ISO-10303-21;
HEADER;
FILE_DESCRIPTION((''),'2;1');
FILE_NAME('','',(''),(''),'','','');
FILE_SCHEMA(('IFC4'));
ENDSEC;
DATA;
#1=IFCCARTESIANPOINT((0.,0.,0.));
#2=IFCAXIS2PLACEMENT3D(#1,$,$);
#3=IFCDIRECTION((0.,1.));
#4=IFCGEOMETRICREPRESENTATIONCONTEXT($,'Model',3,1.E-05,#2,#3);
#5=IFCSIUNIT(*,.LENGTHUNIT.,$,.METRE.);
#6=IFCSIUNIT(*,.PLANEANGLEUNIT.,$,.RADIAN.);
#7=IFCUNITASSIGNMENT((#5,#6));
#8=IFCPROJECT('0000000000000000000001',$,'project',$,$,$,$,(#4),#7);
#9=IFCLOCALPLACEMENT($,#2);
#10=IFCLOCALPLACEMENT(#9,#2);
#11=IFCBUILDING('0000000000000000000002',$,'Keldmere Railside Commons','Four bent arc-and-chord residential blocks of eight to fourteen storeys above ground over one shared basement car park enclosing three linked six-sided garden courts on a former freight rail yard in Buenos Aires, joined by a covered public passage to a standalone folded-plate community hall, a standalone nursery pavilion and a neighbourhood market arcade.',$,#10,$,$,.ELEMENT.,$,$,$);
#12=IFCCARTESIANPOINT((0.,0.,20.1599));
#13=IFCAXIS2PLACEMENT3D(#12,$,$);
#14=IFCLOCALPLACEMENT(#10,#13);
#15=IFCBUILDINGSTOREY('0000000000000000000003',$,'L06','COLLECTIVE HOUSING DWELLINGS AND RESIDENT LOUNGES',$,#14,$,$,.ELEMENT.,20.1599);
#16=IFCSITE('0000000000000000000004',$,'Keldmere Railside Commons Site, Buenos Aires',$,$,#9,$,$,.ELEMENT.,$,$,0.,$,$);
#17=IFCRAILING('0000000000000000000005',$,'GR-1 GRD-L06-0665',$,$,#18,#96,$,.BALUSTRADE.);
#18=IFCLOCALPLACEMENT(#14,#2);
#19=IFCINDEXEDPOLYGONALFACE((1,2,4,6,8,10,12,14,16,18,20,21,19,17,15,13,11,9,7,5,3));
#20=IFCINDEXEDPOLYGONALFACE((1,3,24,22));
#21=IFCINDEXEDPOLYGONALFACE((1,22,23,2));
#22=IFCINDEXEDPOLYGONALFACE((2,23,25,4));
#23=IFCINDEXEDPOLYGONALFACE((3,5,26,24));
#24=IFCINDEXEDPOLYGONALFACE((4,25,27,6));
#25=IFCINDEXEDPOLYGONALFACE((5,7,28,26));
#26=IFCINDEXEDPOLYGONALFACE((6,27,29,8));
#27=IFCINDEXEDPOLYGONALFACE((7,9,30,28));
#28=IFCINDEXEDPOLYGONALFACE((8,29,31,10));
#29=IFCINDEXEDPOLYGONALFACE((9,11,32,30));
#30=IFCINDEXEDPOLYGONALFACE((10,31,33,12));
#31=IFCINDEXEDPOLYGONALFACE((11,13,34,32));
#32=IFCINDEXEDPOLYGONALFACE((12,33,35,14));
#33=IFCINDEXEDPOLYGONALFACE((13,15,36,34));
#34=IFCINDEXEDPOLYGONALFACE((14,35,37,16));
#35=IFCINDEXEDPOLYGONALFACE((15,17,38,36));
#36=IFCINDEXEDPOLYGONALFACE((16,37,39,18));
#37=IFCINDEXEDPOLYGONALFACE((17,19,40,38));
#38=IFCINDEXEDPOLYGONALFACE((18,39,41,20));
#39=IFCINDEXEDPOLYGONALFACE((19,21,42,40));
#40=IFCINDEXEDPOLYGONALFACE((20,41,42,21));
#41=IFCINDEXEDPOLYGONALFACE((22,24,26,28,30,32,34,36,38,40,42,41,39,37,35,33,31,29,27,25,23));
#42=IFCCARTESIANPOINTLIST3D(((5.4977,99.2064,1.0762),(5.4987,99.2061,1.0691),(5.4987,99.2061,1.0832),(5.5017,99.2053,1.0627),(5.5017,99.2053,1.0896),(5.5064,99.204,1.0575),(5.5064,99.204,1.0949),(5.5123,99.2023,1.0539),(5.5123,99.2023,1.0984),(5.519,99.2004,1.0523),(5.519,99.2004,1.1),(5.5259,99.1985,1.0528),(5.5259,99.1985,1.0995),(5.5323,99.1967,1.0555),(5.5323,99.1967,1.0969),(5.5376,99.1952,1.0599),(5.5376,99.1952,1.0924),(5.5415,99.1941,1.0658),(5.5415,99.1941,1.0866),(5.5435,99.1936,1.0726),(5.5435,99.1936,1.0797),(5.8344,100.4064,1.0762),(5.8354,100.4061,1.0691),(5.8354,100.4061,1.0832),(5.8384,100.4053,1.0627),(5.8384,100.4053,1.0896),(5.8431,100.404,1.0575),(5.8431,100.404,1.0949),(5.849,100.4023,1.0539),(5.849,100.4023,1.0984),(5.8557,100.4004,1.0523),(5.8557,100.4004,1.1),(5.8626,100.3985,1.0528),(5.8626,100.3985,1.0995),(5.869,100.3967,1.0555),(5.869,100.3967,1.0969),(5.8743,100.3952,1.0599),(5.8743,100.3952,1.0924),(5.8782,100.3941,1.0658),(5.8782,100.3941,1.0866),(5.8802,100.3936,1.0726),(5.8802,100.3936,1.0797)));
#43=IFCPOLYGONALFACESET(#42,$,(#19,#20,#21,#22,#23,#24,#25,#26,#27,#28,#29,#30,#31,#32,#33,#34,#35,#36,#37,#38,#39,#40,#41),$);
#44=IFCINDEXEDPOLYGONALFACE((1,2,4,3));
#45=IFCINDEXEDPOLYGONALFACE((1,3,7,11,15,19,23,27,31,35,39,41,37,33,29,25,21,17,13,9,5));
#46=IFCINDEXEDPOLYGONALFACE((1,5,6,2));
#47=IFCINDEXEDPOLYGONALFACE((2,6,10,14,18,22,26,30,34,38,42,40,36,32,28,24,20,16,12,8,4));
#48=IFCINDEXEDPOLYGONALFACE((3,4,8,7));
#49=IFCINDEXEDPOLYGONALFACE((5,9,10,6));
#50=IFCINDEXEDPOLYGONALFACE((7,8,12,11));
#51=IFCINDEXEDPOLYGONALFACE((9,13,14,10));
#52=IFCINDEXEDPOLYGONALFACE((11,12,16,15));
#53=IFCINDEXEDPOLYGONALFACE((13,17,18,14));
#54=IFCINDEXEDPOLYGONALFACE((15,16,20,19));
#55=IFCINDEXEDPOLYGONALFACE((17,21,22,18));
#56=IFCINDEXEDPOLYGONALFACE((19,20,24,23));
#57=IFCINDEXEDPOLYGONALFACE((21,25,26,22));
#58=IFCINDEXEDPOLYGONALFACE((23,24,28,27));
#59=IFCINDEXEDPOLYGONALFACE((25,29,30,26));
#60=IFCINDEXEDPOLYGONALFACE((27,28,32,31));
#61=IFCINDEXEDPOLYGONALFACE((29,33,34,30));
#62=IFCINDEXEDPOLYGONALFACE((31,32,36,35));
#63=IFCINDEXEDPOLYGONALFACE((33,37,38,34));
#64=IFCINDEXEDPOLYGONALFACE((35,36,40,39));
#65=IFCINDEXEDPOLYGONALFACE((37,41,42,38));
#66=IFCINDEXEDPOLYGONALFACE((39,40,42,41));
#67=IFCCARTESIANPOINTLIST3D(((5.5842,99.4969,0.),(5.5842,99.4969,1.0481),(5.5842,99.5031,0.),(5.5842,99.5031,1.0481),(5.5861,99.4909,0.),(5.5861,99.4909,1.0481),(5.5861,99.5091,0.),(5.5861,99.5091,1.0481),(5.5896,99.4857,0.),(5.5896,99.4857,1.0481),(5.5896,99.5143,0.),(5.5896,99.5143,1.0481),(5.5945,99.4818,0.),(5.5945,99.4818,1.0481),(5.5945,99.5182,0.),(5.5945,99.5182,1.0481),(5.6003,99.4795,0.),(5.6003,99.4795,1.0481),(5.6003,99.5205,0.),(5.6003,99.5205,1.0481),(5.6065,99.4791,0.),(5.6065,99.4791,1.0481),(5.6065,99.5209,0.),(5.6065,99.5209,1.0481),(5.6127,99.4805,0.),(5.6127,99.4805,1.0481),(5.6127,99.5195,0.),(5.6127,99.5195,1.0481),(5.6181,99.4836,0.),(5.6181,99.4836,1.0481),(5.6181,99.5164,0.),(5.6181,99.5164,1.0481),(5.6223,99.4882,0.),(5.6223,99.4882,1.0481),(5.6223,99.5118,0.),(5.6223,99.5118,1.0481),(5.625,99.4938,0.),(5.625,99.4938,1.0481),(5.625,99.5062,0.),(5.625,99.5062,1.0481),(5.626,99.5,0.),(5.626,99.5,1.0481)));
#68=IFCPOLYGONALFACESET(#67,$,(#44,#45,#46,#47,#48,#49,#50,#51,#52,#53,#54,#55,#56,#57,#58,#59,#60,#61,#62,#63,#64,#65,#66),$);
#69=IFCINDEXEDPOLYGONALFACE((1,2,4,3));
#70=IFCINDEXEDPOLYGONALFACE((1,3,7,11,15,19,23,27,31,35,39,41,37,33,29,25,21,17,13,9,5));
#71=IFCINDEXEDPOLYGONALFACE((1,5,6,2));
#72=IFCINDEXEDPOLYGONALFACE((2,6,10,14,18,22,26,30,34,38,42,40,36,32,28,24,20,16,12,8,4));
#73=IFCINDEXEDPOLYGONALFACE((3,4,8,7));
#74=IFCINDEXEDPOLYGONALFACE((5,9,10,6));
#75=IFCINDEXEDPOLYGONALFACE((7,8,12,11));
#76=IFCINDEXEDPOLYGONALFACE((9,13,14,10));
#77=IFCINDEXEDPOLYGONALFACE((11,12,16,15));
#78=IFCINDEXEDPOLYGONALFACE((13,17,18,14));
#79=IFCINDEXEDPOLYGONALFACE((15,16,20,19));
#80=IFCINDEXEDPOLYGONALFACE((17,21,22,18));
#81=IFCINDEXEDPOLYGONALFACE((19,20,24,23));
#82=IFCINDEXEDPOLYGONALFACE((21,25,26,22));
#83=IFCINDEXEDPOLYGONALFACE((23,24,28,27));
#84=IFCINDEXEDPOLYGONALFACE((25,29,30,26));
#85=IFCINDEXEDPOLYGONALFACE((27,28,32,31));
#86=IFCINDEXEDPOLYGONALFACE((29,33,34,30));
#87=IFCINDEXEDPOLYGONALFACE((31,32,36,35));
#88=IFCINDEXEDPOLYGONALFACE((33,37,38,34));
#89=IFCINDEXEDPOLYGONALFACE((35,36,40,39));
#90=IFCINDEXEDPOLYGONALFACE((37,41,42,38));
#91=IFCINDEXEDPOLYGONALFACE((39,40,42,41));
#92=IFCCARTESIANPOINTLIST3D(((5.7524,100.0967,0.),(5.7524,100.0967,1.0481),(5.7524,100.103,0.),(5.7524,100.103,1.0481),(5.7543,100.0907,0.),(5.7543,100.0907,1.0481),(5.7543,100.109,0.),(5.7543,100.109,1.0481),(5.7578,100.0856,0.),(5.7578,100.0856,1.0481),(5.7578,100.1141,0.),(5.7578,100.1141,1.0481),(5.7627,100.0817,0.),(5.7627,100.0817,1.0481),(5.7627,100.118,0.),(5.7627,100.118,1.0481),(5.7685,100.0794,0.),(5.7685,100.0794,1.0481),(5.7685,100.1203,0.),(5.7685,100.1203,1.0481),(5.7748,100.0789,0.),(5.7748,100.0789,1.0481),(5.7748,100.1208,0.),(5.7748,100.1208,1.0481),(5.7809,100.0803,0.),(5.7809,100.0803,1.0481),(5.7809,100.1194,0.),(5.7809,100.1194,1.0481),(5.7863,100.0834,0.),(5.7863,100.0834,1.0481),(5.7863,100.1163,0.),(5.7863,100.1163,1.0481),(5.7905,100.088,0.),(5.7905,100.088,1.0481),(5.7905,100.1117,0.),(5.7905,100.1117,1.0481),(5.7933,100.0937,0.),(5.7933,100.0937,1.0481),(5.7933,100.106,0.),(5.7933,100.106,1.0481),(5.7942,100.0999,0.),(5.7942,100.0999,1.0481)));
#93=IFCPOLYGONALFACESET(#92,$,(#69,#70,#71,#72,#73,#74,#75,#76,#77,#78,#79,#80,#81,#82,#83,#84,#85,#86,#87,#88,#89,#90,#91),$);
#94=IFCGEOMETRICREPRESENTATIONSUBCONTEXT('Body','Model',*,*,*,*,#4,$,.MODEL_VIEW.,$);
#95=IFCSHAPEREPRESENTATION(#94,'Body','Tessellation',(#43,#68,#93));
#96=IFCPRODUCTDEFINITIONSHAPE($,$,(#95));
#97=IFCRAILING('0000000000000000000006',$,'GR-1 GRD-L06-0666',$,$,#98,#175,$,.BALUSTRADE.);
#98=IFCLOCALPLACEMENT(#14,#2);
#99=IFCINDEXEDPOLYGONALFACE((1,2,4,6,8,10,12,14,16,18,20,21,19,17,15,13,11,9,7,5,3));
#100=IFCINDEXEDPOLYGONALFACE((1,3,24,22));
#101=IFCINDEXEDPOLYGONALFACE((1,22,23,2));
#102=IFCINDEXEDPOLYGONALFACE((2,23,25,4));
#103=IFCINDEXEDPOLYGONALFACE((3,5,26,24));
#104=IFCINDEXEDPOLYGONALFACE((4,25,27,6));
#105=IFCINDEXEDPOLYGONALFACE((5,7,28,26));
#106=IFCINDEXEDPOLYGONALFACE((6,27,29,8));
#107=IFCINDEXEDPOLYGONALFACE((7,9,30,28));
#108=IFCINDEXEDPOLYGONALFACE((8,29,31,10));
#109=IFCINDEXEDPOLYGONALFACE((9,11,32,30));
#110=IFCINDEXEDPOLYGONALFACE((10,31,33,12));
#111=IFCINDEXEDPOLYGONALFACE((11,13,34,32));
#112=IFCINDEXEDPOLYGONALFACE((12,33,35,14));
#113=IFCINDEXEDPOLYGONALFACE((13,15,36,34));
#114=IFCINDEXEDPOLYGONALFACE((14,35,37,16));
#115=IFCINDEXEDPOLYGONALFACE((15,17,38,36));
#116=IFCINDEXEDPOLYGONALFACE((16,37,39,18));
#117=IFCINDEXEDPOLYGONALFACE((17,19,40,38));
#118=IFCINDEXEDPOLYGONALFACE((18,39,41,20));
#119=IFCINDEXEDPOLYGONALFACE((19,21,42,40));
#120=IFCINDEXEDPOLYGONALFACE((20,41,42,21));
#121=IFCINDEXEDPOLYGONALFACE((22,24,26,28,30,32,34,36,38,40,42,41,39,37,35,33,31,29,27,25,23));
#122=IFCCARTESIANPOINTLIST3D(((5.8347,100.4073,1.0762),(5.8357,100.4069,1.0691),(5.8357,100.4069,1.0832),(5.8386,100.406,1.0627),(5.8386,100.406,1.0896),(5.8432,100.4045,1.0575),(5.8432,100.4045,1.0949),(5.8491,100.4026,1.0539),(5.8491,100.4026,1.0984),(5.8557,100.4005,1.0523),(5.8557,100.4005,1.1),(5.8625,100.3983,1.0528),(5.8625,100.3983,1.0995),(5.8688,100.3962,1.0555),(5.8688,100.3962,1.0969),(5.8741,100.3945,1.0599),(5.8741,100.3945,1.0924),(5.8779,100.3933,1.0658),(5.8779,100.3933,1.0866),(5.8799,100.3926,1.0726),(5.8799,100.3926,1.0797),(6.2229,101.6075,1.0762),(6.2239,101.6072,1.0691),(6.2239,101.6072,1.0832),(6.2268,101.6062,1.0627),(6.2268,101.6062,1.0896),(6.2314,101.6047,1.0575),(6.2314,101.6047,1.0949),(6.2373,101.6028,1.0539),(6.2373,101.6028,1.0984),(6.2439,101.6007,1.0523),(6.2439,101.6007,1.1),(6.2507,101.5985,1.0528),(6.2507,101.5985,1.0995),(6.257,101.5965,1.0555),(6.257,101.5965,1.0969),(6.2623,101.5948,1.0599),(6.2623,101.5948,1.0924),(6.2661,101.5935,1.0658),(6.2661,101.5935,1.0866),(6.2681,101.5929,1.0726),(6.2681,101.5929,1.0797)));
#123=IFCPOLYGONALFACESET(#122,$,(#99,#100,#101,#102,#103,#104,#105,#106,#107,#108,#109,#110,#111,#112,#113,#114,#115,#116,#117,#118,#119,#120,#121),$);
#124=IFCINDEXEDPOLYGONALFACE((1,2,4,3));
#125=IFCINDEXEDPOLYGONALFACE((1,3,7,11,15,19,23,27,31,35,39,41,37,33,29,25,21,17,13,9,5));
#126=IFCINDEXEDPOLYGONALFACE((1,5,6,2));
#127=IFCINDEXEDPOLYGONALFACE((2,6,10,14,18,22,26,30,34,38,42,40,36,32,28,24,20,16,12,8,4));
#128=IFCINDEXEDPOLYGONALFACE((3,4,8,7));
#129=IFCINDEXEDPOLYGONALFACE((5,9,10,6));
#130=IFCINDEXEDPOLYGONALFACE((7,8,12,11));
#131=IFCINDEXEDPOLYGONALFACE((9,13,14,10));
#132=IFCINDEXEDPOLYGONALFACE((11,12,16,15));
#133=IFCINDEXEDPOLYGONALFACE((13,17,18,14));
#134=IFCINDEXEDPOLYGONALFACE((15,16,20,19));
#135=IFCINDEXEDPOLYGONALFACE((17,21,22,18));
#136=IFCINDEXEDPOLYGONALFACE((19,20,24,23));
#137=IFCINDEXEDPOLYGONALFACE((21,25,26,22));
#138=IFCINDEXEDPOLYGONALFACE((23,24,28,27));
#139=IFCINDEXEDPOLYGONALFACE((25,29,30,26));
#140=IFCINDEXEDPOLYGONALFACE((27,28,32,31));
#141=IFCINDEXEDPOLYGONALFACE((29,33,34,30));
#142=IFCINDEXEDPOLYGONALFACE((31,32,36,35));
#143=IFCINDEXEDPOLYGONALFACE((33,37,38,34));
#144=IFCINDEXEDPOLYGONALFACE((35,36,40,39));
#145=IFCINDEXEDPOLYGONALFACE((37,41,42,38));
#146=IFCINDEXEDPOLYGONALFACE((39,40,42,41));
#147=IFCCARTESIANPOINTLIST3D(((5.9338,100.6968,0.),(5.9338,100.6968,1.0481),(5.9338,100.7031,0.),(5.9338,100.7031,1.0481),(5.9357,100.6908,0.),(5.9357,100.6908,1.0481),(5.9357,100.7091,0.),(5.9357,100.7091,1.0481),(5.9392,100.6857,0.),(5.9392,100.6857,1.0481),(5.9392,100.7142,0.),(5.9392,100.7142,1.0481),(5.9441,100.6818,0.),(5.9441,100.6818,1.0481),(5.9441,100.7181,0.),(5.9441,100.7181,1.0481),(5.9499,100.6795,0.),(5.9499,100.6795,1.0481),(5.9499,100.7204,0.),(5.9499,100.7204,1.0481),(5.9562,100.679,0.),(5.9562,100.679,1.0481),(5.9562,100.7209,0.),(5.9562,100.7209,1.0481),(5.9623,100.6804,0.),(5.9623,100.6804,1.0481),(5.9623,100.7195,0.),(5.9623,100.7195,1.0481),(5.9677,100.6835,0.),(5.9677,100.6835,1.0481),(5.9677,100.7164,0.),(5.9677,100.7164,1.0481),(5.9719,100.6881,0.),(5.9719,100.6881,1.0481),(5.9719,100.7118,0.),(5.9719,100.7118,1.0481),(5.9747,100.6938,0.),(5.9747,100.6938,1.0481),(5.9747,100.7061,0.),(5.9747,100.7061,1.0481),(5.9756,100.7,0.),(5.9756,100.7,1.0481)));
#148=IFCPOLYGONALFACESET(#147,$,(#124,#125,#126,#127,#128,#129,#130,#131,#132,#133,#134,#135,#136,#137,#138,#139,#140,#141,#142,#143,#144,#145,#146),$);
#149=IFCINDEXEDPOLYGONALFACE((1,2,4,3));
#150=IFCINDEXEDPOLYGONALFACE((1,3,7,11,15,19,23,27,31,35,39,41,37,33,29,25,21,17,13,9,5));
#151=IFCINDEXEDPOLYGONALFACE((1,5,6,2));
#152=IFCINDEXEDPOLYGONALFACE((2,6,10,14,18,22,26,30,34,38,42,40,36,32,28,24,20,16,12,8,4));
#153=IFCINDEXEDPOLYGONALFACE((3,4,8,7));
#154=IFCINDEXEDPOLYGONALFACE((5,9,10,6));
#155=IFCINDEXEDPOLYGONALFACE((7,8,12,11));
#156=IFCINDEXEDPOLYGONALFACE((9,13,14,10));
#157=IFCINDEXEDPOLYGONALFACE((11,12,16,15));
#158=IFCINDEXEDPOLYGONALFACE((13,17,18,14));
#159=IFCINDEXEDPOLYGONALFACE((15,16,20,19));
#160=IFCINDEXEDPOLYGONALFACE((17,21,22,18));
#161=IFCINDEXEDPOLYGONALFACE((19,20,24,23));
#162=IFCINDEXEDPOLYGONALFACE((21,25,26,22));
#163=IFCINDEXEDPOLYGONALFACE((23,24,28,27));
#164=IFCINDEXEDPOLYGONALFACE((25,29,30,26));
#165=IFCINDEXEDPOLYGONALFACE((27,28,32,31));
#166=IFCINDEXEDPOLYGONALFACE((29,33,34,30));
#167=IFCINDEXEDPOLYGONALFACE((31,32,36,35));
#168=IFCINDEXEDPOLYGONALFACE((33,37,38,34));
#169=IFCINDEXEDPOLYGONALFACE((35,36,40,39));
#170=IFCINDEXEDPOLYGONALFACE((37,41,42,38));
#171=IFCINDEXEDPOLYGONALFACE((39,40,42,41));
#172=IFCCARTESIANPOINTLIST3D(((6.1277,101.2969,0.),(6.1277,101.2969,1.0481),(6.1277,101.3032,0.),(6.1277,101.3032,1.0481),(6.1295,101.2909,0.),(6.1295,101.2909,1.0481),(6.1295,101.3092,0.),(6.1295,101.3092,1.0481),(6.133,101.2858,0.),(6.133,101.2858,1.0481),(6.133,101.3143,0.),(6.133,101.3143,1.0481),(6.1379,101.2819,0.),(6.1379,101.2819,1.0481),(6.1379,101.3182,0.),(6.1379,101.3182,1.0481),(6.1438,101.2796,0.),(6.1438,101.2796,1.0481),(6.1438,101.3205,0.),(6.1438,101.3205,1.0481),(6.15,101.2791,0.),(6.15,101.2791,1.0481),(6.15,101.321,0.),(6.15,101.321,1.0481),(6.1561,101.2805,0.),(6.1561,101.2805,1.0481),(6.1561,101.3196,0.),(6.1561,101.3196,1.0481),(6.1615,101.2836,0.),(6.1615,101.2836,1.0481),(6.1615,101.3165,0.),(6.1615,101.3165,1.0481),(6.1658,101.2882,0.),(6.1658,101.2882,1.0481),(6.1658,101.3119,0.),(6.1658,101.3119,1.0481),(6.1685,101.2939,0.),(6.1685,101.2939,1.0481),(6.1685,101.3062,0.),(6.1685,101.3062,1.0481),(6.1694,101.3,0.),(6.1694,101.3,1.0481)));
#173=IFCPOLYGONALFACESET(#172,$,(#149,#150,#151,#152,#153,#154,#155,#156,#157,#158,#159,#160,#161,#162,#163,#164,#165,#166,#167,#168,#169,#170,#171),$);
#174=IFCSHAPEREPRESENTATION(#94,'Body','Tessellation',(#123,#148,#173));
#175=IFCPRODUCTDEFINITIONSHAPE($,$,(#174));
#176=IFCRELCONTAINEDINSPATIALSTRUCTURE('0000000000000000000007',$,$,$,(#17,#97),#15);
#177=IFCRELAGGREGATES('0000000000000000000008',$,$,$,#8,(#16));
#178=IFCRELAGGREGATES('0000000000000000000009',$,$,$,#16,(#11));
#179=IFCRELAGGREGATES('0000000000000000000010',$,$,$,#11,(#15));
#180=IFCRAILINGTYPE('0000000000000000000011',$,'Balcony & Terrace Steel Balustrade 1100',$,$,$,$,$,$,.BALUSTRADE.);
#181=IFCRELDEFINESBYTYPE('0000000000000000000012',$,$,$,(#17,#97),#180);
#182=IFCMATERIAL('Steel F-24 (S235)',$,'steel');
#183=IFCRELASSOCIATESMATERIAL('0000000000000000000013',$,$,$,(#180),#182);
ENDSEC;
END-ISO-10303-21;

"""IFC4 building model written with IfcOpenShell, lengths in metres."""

from ifc_helpers import new_model, si_unit, direction, frame, origin, origin_2d, place, context, subcontext, project, spatial, circle, extrude, material, type_object, element, save


model = new_model("IFC4")

# Units and contexts
model_context = context("Model", 3, precision=1e-05, world=origin(), true_north=direction((0.0, 1.0)))
body_context = subcontext(model_context, "Body", "Model", "MODEL_VIEW")
ifc_project = project(units=[si_unit("LENGTHUNIT", "METRE"), si_unit("PLANEANGLEUNIT", "RADIAN")], contexts=[model_context])

# Site, building, storey
site_placement = place(None, origin())
site = spatial("IfcSite", under=ifc_project, at=site_placement, Name="Keldmere Railside Commons Site, Buenos Aires", CompositionType="ELEMENT", RefElevation=0.0)
building_placement = place(site_placement, origin())
building = spatial("IfcBuilding", under=site, at=building_placement, Name="Keldmere Railside Commons", Description="Four bent arc-and-chord residential blocks of eight to fourteen storeys above ground over one shared basement car park enclosing three linked six-sided garden courts on a former freight rail yard in Buenos Aires, joined by a covered public passage to a standalone folded-plate community hall, a standalone nursery pavilion and a neighbourhood market arcade.", CompositionType="ELEMENT")
storey_placement = place(building_placement, frame((0.0, 0.0, 20.1599)))
storey = spatial("IfcBuildingStorey", under=building, at=storey_placement, Name="L06", Description="COLLECTIVE HOUSING DWELLINGS AND RESIDENT LOUNGES", CompositionType="ELEMENT", Elevation=20.1599)

# Railings
ifc_material_1 = material(Name="Steel F-24 (S235)", Category="steel")
railing_type = type_object("IfcRailingType", Name="Balcony & Terrace Steel Balustrade 1100", PredefinedType="BALUSTRADE", material=ifc_material_1)
railing_1_placement = place(storey_placement, frame((5.5208, 99.2, 0.0)))
element("IfcRailing", 1, at=railing_1_placement, inside=storey, type_object=railing_type, Name="GR-1 GRD-L06-0665", PredefinedType="BALUSTRADE", context=body_context, shape_type="SweptSolid", body=[
    extrude(circle(Radius=0.0239, at=origin_2d()), frame((0.0, 0.0, 1.0762), z_axis=(0.270139, 0.962821, 0.0), x_axis=(-0.962821, 0.270139, 0.0)), (0.0, 0.0, 1.0), 1.2463),
    extrude(circle(Radius=0.021, at=origin_2d()), frame((0.0842, 0.3, 0.0)), (0.0, 0.0, 1.0), 1.0481),
    extrude(circle(Radius=0.021, at=origin_2d()), frame((0.2524, 0.8999, 0.0)), (0.0, 0.0, 1.0), 1.0481),
])
railing_2_placement = place(storey_placement, frame((5.8574, 100.3999, 0.0)))
element("IfcRailing", 2, at=railing_2_placement, inside=storey, type_object=railing_type, Name="GR-1 GRD-L06-0666", PredefinedType="BALUSTRADE", context=body_context, shape_type="SweptSolid", body=[
    extrude(circle(Radius=0.0239, at=origin_2d()), frame((0.0, 0.0, 1.0762), z_axis=(0.307738, 0.951471, 0.0), x_axis=(-0.951471, 0.307738, 0.0)), (0.0, 0.0, 1.0), 1.2615),
    extrude(circle(Radius=0.021, at=origin_2d()), frame((0.0972, 0.3, 0.0)), (0.0, 0.0, 1.0), 1.0481),
    extrude(circle(Radius=0.021, at=origin_2d()), frame((0.291, 0.9001, 0.0)), (0.0, 0.0, 1.0), 1.0481),
])

save(model, "model.ifc")
